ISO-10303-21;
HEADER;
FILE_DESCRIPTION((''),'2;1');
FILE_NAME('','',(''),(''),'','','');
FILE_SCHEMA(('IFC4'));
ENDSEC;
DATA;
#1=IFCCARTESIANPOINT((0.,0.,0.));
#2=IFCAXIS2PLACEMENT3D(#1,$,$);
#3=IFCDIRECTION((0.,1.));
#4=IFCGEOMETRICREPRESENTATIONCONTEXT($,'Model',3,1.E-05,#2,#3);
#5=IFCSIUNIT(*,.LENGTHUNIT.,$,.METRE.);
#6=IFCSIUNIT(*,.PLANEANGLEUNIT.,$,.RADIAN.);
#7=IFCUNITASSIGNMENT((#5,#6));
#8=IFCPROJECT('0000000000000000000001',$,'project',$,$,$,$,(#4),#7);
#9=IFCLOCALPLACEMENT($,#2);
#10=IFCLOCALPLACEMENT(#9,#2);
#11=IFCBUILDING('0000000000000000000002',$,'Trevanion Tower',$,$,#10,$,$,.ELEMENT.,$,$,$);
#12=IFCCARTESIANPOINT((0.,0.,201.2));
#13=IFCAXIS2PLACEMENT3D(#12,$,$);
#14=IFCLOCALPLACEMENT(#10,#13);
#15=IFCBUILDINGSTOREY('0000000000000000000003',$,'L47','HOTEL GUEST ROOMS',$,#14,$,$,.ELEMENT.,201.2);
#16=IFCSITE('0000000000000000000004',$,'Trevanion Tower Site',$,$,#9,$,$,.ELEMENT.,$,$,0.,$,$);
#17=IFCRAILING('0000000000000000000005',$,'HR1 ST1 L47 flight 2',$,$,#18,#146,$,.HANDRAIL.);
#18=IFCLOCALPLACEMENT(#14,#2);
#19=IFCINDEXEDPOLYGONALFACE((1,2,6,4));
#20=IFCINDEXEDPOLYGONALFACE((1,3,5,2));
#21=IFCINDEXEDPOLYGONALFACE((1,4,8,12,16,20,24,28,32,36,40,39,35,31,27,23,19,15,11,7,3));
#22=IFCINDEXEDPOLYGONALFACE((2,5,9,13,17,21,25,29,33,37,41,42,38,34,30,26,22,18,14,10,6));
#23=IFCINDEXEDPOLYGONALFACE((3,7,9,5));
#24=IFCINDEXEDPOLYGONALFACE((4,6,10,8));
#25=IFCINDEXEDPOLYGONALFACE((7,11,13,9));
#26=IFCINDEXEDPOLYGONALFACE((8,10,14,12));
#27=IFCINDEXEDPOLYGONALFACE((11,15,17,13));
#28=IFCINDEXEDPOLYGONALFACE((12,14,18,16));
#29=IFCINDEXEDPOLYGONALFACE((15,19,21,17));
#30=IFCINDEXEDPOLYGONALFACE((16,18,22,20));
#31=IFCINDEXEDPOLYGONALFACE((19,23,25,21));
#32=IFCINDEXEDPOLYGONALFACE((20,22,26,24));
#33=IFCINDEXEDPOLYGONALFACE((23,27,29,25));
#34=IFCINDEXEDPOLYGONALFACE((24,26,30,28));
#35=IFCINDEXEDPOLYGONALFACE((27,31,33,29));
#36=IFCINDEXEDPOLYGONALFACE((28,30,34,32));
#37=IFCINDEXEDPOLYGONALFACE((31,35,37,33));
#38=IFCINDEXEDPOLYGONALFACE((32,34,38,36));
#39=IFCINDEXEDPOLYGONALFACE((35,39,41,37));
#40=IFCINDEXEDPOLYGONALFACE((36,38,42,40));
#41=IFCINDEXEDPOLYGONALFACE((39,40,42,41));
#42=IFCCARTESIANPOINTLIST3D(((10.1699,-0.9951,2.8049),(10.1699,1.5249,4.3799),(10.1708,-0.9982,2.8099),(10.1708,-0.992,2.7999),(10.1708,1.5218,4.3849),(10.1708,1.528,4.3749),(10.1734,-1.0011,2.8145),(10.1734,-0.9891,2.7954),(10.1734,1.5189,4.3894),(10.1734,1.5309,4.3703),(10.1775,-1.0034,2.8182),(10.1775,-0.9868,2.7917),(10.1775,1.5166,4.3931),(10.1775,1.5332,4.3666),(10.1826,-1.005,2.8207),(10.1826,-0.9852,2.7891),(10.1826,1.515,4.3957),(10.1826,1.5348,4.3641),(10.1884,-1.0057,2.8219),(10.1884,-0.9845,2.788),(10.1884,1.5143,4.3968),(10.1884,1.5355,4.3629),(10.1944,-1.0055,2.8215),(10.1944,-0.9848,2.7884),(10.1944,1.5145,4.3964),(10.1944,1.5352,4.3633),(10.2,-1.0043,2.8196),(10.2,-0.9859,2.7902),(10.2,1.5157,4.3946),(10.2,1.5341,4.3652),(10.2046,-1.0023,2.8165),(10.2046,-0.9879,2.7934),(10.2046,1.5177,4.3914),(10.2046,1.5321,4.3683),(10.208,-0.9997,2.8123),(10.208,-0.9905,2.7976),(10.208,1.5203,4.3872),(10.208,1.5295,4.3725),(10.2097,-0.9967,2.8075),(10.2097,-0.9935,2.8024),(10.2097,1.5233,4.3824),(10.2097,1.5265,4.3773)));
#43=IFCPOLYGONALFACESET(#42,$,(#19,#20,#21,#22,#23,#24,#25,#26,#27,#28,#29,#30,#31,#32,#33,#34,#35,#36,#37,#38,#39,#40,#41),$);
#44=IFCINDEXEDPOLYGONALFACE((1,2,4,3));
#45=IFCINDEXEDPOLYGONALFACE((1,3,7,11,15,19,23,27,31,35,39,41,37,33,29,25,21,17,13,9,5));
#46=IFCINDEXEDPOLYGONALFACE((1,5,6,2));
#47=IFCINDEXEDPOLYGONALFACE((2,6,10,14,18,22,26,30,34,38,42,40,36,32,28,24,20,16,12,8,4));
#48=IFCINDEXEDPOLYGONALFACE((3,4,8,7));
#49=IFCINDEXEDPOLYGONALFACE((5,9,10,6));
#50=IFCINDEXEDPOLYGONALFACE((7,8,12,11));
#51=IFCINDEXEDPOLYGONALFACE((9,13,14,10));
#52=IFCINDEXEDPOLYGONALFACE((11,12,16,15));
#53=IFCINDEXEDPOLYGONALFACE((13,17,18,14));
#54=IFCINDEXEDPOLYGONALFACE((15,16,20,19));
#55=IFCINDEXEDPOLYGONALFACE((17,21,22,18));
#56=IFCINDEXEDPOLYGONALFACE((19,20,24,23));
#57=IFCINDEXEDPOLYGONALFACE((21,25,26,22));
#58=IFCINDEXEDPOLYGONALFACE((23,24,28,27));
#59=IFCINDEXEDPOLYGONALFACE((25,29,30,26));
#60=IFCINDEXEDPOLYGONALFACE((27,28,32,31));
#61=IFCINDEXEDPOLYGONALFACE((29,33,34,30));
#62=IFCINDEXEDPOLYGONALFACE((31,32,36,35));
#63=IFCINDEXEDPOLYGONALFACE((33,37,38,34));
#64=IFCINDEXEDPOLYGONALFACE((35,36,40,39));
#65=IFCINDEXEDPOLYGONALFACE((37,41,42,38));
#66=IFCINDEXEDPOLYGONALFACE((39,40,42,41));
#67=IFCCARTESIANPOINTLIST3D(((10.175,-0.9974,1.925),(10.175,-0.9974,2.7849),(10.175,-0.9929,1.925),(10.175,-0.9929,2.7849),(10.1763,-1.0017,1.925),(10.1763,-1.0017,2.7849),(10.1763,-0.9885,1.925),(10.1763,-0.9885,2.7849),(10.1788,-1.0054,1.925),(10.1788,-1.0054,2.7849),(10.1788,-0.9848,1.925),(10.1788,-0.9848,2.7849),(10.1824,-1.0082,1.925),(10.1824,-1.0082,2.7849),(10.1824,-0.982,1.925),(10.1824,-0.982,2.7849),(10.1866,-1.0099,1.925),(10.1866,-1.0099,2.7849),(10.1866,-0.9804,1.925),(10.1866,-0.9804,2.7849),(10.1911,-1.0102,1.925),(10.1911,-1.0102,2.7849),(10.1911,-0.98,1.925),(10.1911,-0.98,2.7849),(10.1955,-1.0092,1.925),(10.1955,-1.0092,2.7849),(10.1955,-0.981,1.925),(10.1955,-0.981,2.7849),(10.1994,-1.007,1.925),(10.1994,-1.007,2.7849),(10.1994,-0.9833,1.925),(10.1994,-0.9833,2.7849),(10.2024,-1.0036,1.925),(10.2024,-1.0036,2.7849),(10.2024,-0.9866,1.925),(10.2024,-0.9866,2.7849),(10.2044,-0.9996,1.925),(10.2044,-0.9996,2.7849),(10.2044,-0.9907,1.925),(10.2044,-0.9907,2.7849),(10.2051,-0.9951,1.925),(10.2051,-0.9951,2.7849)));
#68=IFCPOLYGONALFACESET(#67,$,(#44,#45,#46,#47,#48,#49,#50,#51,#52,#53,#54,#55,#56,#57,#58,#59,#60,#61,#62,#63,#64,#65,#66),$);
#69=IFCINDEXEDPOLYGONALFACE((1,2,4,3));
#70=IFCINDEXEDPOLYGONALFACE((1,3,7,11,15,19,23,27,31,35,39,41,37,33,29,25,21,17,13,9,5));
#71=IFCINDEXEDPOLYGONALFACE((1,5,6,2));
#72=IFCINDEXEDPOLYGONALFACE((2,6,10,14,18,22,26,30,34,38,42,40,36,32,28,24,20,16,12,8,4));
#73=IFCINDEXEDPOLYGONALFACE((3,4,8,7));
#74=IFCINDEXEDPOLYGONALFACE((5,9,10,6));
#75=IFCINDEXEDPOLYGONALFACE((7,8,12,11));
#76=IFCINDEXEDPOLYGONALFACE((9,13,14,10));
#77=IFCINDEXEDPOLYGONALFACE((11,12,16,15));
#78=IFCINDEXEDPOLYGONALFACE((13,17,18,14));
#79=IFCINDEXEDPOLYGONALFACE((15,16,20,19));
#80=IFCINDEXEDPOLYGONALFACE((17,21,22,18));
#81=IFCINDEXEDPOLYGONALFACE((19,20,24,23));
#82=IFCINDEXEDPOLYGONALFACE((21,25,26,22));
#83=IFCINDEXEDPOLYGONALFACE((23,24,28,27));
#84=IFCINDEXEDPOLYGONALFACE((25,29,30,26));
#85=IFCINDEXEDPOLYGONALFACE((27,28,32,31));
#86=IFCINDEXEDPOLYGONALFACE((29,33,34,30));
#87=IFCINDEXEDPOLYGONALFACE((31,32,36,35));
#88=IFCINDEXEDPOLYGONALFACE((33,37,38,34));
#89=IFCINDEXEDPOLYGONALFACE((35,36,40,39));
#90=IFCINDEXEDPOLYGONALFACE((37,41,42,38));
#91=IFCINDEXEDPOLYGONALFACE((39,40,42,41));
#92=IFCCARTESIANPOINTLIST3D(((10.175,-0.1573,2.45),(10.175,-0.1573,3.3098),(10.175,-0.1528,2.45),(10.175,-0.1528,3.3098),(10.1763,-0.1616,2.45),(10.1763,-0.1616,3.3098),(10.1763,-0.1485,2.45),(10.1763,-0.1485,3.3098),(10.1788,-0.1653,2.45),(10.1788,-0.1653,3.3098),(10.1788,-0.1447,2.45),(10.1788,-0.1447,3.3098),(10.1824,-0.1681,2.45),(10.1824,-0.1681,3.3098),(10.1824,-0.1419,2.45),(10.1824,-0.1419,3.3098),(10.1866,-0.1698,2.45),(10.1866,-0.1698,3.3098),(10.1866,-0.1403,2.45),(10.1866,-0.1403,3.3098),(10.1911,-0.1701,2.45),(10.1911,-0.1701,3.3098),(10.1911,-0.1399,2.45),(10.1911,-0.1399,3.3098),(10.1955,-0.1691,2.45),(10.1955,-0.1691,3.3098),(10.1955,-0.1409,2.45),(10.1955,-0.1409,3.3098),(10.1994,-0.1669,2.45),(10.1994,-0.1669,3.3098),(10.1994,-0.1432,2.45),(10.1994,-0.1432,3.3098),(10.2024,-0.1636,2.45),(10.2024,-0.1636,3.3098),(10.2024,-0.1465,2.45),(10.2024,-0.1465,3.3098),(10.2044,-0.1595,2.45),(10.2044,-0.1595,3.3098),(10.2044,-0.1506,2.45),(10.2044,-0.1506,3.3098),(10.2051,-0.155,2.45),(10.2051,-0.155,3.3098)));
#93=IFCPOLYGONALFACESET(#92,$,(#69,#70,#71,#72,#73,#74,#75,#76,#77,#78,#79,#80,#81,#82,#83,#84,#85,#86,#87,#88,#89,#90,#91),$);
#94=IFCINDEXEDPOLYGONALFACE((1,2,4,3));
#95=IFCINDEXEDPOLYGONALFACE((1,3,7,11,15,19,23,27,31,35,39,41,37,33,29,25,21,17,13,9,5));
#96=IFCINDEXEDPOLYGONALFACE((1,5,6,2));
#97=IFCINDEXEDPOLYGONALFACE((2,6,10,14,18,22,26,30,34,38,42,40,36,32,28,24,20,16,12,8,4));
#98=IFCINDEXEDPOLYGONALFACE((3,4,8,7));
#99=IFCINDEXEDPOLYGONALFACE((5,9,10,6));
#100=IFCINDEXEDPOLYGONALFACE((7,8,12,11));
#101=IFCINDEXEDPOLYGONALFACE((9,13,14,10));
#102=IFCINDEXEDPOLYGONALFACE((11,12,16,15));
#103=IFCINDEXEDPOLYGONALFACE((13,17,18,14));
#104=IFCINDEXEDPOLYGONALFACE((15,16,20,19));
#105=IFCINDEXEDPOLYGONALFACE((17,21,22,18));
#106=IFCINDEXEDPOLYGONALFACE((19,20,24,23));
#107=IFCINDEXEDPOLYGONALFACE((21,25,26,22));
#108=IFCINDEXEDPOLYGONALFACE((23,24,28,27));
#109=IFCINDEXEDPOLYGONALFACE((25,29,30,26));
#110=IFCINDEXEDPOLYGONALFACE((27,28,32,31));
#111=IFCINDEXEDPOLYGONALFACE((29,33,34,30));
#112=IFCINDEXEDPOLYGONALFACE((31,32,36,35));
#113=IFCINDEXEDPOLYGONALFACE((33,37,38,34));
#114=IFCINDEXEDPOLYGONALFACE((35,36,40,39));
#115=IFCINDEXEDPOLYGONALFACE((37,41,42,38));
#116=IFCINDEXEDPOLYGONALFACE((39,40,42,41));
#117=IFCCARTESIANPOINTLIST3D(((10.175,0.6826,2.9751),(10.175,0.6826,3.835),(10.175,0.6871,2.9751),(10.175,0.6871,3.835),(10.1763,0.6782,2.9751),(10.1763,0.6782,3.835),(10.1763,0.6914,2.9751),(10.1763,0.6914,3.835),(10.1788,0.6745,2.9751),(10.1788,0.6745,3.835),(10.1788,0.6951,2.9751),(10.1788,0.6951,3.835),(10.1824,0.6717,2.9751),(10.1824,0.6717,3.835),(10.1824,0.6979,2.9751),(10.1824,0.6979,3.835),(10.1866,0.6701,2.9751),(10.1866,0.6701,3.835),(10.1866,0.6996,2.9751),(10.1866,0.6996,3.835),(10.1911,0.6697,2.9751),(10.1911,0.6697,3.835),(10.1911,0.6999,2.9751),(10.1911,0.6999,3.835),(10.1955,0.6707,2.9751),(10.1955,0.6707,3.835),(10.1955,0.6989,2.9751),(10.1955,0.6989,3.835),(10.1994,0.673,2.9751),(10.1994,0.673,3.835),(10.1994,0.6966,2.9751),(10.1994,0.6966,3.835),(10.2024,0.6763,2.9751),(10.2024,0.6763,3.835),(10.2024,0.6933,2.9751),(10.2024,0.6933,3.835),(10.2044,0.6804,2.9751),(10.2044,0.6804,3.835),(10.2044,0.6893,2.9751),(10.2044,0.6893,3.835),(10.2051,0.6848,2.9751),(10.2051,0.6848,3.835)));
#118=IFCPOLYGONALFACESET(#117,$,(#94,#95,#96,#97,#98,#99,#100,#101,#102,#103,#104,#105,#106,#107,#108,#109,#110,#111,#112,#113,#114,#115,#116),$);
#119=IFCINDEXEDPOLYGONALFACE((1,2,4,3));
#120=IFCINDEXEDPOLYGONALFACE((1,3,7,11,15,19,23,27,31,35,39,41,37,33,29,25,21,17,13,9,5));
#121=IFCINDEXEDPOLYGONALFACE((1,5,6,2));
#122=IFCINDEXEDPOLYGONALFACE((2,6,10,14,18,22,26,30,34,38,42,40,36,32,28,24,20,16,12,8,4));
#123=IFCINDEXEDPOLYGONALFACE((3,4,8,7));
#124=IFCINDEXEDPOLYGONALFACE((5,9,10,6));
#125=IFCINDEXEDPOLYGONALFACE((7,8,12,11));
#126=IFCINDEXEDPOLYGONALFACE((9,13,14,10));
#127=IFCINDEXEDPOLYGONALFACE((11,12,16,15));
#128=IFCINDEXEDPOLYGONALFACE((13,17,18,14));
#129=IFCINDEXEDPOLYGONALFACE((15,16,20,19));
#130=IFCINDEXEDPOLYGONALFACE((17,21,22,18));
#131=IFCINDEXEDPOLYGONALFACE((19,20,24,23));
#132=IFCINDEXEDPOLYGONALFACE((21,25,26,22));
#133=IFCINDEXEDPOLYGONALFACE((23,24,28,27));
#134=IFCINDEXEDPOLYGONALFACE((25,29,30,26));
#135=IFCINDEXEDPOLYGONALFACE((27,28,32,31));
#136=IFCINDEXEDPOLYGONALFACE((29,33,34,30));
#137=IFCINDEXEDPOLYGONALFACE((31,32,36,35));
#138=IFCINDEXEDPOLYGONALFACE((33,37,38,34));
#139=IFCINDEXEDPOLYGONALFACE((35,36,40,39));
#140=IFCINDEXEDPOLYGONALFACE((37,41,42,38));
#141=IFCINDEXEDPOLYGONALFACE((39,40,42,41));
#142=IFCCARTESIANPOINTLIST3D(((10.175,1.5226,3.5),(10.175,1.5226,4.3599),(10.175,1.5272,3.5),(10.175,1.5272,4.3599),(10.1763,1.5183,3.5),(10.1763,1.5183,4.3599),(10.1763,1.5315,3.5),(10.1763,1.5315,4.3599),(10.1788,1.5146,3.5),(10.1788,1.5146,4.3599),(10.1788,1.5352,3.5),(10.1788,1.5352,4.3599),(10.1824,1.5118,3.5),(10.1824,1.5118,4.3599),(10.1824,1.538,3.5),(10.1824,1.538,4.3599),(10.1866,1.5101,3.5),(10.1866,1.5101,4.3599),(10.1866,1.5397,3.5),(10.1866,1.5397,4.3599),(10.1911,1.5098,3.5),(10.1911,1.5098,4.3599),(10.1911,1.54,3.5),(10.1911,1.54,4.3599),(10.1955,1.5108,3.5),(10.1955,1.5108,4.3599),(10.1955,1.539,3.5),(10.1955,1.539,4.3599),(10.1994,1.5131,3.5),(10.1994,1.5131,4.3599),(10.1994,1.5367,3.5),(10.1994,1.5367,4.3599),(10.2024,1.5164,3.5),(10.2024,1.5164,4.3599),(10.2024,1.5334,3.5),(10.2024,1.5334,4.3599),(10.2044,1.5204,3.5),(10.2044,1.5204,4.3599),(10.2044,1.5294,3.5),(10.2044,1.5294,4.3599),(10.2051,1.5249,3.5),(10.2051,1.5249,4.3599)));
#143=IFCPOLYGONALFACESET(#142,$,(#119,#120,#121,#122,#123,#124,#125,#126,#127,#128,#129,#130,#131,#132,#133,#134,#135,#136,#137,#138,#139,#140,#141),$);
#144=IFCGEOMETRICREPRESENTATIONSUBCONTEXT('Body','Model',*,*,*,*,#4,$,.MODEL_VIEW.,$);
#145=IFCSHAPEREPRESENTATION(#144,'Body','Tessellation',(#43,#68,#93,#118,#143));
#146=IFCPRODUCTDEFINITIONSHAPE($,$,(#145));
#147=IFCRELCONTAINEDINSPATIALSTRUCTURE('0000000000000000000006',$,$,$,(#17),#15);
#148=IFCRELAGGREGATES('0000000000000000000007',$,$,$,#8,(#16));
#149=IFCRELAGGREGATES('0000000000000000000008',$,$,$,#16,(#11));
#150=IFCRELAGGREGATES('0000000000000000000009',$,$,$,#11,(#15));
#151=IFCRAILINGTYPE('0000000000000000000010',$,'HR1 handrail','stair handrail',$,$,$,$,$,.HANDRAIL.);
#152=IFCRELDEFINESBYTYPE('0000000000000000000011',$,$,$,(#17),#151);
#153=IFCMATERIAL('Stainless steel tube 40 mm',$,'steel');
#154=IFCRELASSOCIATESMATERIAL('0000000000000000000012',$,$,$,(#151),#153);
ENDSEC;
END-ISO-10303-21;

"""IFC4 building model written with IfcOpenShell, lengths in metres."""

from ifc_helpers import new_model, si_unit, direction, frame, origin, origin_2d, place, context, subcontext, project, spatial, circle, extrude, material, type_object, element, save


model = new_model("IFC4")

# Units and contexts
model_context = context("Model", 3, precision=1e-05, world=origin(), true_north=direction((0.0, 1.0)))
body_context = subcontext(model_context, "Body", "Model", "MODEL_VIEW")
ifc_project = project(units=[si_unit("LENGTHUNIT", "METRE"), si_unit("PLANEANGLEUNIT", "RADIAN")], contexts=[model_context])

# Site, building, storey
site_placement = place(None, origin())
site = spatial("IfcSite", under=ifc_project, at=site_placement, Name="Trevanion Tower Site", CompositionType="ELEMENT", RefElevation=0.0)
building_placement = place(site_placement, origin())
building = spatial("IfcBuilding", under=site, at=building_placement, Name="Trevanion Tower", CompositionType="ELEMENT")
storey_placement = place(building_placement, frame((0.0, 0.0, 201.2)))
storey = spatial("IfcBuildingStorey", under=building, at=storey_placement, Name="L47", Description="HOTEL GUEST ROOMS", CompositionType="ELEMENT", Elevation=201.2)

# Railing
ifc_material_1 = material(Name="Stainless steel tube 40 mm", Category="steel")
railing_type = type_object("IfcRailingType", Name="HR1 handrail", Description="stair handrail", PredefinedType="HANDRAIL", material=ifc_material_1)
for number, where, name in (
    (1, (10.1899, -0.9951, 1.925), "HR1 ST1 L47 flight 2"),
):
    element("IfcRailing", number, at=place(storey_placement, frame(where)), inside=storey, type_object=railing_type, Name=name, PredefinedType="HANDRAIL", context=body_context, shape_type="SweptSolid", body=[
        extrude(circle(Radius=0.02, at=origin_2d()), frame((0.0, 0.0, 0.8799), z_axis=(0.0, 0.848008, 0.529984), x_axis=(-1.0, 0.0, 0.0)), (0.0, 0.0, 1.0), 2.9717),
        extrude(circle(Radius=0.0151, at=origin_2d()), origin(), (0.0, 0.0, 1.0), 0.8599),
        extrude(circle(Radius=0.0151, at=origin_2d()), frame((0.0, 0.8401, 0.5249)), (0.0, 0.0, 1.0), 0.8599),
        extrude(circle(Radius=0.0151, at=origin_2d()), frame((0.0, 1.6799, 1.05)), (0.0, 0.0, 1.0), 0.8599),
        extrude(circle(Radius=0.0151, at=origin_2d()), frame((0.0, 2.52, 1.575)), (0.0, 0.0, 1.0), 0.8599),
    ])

save(model, "model.ifc")
